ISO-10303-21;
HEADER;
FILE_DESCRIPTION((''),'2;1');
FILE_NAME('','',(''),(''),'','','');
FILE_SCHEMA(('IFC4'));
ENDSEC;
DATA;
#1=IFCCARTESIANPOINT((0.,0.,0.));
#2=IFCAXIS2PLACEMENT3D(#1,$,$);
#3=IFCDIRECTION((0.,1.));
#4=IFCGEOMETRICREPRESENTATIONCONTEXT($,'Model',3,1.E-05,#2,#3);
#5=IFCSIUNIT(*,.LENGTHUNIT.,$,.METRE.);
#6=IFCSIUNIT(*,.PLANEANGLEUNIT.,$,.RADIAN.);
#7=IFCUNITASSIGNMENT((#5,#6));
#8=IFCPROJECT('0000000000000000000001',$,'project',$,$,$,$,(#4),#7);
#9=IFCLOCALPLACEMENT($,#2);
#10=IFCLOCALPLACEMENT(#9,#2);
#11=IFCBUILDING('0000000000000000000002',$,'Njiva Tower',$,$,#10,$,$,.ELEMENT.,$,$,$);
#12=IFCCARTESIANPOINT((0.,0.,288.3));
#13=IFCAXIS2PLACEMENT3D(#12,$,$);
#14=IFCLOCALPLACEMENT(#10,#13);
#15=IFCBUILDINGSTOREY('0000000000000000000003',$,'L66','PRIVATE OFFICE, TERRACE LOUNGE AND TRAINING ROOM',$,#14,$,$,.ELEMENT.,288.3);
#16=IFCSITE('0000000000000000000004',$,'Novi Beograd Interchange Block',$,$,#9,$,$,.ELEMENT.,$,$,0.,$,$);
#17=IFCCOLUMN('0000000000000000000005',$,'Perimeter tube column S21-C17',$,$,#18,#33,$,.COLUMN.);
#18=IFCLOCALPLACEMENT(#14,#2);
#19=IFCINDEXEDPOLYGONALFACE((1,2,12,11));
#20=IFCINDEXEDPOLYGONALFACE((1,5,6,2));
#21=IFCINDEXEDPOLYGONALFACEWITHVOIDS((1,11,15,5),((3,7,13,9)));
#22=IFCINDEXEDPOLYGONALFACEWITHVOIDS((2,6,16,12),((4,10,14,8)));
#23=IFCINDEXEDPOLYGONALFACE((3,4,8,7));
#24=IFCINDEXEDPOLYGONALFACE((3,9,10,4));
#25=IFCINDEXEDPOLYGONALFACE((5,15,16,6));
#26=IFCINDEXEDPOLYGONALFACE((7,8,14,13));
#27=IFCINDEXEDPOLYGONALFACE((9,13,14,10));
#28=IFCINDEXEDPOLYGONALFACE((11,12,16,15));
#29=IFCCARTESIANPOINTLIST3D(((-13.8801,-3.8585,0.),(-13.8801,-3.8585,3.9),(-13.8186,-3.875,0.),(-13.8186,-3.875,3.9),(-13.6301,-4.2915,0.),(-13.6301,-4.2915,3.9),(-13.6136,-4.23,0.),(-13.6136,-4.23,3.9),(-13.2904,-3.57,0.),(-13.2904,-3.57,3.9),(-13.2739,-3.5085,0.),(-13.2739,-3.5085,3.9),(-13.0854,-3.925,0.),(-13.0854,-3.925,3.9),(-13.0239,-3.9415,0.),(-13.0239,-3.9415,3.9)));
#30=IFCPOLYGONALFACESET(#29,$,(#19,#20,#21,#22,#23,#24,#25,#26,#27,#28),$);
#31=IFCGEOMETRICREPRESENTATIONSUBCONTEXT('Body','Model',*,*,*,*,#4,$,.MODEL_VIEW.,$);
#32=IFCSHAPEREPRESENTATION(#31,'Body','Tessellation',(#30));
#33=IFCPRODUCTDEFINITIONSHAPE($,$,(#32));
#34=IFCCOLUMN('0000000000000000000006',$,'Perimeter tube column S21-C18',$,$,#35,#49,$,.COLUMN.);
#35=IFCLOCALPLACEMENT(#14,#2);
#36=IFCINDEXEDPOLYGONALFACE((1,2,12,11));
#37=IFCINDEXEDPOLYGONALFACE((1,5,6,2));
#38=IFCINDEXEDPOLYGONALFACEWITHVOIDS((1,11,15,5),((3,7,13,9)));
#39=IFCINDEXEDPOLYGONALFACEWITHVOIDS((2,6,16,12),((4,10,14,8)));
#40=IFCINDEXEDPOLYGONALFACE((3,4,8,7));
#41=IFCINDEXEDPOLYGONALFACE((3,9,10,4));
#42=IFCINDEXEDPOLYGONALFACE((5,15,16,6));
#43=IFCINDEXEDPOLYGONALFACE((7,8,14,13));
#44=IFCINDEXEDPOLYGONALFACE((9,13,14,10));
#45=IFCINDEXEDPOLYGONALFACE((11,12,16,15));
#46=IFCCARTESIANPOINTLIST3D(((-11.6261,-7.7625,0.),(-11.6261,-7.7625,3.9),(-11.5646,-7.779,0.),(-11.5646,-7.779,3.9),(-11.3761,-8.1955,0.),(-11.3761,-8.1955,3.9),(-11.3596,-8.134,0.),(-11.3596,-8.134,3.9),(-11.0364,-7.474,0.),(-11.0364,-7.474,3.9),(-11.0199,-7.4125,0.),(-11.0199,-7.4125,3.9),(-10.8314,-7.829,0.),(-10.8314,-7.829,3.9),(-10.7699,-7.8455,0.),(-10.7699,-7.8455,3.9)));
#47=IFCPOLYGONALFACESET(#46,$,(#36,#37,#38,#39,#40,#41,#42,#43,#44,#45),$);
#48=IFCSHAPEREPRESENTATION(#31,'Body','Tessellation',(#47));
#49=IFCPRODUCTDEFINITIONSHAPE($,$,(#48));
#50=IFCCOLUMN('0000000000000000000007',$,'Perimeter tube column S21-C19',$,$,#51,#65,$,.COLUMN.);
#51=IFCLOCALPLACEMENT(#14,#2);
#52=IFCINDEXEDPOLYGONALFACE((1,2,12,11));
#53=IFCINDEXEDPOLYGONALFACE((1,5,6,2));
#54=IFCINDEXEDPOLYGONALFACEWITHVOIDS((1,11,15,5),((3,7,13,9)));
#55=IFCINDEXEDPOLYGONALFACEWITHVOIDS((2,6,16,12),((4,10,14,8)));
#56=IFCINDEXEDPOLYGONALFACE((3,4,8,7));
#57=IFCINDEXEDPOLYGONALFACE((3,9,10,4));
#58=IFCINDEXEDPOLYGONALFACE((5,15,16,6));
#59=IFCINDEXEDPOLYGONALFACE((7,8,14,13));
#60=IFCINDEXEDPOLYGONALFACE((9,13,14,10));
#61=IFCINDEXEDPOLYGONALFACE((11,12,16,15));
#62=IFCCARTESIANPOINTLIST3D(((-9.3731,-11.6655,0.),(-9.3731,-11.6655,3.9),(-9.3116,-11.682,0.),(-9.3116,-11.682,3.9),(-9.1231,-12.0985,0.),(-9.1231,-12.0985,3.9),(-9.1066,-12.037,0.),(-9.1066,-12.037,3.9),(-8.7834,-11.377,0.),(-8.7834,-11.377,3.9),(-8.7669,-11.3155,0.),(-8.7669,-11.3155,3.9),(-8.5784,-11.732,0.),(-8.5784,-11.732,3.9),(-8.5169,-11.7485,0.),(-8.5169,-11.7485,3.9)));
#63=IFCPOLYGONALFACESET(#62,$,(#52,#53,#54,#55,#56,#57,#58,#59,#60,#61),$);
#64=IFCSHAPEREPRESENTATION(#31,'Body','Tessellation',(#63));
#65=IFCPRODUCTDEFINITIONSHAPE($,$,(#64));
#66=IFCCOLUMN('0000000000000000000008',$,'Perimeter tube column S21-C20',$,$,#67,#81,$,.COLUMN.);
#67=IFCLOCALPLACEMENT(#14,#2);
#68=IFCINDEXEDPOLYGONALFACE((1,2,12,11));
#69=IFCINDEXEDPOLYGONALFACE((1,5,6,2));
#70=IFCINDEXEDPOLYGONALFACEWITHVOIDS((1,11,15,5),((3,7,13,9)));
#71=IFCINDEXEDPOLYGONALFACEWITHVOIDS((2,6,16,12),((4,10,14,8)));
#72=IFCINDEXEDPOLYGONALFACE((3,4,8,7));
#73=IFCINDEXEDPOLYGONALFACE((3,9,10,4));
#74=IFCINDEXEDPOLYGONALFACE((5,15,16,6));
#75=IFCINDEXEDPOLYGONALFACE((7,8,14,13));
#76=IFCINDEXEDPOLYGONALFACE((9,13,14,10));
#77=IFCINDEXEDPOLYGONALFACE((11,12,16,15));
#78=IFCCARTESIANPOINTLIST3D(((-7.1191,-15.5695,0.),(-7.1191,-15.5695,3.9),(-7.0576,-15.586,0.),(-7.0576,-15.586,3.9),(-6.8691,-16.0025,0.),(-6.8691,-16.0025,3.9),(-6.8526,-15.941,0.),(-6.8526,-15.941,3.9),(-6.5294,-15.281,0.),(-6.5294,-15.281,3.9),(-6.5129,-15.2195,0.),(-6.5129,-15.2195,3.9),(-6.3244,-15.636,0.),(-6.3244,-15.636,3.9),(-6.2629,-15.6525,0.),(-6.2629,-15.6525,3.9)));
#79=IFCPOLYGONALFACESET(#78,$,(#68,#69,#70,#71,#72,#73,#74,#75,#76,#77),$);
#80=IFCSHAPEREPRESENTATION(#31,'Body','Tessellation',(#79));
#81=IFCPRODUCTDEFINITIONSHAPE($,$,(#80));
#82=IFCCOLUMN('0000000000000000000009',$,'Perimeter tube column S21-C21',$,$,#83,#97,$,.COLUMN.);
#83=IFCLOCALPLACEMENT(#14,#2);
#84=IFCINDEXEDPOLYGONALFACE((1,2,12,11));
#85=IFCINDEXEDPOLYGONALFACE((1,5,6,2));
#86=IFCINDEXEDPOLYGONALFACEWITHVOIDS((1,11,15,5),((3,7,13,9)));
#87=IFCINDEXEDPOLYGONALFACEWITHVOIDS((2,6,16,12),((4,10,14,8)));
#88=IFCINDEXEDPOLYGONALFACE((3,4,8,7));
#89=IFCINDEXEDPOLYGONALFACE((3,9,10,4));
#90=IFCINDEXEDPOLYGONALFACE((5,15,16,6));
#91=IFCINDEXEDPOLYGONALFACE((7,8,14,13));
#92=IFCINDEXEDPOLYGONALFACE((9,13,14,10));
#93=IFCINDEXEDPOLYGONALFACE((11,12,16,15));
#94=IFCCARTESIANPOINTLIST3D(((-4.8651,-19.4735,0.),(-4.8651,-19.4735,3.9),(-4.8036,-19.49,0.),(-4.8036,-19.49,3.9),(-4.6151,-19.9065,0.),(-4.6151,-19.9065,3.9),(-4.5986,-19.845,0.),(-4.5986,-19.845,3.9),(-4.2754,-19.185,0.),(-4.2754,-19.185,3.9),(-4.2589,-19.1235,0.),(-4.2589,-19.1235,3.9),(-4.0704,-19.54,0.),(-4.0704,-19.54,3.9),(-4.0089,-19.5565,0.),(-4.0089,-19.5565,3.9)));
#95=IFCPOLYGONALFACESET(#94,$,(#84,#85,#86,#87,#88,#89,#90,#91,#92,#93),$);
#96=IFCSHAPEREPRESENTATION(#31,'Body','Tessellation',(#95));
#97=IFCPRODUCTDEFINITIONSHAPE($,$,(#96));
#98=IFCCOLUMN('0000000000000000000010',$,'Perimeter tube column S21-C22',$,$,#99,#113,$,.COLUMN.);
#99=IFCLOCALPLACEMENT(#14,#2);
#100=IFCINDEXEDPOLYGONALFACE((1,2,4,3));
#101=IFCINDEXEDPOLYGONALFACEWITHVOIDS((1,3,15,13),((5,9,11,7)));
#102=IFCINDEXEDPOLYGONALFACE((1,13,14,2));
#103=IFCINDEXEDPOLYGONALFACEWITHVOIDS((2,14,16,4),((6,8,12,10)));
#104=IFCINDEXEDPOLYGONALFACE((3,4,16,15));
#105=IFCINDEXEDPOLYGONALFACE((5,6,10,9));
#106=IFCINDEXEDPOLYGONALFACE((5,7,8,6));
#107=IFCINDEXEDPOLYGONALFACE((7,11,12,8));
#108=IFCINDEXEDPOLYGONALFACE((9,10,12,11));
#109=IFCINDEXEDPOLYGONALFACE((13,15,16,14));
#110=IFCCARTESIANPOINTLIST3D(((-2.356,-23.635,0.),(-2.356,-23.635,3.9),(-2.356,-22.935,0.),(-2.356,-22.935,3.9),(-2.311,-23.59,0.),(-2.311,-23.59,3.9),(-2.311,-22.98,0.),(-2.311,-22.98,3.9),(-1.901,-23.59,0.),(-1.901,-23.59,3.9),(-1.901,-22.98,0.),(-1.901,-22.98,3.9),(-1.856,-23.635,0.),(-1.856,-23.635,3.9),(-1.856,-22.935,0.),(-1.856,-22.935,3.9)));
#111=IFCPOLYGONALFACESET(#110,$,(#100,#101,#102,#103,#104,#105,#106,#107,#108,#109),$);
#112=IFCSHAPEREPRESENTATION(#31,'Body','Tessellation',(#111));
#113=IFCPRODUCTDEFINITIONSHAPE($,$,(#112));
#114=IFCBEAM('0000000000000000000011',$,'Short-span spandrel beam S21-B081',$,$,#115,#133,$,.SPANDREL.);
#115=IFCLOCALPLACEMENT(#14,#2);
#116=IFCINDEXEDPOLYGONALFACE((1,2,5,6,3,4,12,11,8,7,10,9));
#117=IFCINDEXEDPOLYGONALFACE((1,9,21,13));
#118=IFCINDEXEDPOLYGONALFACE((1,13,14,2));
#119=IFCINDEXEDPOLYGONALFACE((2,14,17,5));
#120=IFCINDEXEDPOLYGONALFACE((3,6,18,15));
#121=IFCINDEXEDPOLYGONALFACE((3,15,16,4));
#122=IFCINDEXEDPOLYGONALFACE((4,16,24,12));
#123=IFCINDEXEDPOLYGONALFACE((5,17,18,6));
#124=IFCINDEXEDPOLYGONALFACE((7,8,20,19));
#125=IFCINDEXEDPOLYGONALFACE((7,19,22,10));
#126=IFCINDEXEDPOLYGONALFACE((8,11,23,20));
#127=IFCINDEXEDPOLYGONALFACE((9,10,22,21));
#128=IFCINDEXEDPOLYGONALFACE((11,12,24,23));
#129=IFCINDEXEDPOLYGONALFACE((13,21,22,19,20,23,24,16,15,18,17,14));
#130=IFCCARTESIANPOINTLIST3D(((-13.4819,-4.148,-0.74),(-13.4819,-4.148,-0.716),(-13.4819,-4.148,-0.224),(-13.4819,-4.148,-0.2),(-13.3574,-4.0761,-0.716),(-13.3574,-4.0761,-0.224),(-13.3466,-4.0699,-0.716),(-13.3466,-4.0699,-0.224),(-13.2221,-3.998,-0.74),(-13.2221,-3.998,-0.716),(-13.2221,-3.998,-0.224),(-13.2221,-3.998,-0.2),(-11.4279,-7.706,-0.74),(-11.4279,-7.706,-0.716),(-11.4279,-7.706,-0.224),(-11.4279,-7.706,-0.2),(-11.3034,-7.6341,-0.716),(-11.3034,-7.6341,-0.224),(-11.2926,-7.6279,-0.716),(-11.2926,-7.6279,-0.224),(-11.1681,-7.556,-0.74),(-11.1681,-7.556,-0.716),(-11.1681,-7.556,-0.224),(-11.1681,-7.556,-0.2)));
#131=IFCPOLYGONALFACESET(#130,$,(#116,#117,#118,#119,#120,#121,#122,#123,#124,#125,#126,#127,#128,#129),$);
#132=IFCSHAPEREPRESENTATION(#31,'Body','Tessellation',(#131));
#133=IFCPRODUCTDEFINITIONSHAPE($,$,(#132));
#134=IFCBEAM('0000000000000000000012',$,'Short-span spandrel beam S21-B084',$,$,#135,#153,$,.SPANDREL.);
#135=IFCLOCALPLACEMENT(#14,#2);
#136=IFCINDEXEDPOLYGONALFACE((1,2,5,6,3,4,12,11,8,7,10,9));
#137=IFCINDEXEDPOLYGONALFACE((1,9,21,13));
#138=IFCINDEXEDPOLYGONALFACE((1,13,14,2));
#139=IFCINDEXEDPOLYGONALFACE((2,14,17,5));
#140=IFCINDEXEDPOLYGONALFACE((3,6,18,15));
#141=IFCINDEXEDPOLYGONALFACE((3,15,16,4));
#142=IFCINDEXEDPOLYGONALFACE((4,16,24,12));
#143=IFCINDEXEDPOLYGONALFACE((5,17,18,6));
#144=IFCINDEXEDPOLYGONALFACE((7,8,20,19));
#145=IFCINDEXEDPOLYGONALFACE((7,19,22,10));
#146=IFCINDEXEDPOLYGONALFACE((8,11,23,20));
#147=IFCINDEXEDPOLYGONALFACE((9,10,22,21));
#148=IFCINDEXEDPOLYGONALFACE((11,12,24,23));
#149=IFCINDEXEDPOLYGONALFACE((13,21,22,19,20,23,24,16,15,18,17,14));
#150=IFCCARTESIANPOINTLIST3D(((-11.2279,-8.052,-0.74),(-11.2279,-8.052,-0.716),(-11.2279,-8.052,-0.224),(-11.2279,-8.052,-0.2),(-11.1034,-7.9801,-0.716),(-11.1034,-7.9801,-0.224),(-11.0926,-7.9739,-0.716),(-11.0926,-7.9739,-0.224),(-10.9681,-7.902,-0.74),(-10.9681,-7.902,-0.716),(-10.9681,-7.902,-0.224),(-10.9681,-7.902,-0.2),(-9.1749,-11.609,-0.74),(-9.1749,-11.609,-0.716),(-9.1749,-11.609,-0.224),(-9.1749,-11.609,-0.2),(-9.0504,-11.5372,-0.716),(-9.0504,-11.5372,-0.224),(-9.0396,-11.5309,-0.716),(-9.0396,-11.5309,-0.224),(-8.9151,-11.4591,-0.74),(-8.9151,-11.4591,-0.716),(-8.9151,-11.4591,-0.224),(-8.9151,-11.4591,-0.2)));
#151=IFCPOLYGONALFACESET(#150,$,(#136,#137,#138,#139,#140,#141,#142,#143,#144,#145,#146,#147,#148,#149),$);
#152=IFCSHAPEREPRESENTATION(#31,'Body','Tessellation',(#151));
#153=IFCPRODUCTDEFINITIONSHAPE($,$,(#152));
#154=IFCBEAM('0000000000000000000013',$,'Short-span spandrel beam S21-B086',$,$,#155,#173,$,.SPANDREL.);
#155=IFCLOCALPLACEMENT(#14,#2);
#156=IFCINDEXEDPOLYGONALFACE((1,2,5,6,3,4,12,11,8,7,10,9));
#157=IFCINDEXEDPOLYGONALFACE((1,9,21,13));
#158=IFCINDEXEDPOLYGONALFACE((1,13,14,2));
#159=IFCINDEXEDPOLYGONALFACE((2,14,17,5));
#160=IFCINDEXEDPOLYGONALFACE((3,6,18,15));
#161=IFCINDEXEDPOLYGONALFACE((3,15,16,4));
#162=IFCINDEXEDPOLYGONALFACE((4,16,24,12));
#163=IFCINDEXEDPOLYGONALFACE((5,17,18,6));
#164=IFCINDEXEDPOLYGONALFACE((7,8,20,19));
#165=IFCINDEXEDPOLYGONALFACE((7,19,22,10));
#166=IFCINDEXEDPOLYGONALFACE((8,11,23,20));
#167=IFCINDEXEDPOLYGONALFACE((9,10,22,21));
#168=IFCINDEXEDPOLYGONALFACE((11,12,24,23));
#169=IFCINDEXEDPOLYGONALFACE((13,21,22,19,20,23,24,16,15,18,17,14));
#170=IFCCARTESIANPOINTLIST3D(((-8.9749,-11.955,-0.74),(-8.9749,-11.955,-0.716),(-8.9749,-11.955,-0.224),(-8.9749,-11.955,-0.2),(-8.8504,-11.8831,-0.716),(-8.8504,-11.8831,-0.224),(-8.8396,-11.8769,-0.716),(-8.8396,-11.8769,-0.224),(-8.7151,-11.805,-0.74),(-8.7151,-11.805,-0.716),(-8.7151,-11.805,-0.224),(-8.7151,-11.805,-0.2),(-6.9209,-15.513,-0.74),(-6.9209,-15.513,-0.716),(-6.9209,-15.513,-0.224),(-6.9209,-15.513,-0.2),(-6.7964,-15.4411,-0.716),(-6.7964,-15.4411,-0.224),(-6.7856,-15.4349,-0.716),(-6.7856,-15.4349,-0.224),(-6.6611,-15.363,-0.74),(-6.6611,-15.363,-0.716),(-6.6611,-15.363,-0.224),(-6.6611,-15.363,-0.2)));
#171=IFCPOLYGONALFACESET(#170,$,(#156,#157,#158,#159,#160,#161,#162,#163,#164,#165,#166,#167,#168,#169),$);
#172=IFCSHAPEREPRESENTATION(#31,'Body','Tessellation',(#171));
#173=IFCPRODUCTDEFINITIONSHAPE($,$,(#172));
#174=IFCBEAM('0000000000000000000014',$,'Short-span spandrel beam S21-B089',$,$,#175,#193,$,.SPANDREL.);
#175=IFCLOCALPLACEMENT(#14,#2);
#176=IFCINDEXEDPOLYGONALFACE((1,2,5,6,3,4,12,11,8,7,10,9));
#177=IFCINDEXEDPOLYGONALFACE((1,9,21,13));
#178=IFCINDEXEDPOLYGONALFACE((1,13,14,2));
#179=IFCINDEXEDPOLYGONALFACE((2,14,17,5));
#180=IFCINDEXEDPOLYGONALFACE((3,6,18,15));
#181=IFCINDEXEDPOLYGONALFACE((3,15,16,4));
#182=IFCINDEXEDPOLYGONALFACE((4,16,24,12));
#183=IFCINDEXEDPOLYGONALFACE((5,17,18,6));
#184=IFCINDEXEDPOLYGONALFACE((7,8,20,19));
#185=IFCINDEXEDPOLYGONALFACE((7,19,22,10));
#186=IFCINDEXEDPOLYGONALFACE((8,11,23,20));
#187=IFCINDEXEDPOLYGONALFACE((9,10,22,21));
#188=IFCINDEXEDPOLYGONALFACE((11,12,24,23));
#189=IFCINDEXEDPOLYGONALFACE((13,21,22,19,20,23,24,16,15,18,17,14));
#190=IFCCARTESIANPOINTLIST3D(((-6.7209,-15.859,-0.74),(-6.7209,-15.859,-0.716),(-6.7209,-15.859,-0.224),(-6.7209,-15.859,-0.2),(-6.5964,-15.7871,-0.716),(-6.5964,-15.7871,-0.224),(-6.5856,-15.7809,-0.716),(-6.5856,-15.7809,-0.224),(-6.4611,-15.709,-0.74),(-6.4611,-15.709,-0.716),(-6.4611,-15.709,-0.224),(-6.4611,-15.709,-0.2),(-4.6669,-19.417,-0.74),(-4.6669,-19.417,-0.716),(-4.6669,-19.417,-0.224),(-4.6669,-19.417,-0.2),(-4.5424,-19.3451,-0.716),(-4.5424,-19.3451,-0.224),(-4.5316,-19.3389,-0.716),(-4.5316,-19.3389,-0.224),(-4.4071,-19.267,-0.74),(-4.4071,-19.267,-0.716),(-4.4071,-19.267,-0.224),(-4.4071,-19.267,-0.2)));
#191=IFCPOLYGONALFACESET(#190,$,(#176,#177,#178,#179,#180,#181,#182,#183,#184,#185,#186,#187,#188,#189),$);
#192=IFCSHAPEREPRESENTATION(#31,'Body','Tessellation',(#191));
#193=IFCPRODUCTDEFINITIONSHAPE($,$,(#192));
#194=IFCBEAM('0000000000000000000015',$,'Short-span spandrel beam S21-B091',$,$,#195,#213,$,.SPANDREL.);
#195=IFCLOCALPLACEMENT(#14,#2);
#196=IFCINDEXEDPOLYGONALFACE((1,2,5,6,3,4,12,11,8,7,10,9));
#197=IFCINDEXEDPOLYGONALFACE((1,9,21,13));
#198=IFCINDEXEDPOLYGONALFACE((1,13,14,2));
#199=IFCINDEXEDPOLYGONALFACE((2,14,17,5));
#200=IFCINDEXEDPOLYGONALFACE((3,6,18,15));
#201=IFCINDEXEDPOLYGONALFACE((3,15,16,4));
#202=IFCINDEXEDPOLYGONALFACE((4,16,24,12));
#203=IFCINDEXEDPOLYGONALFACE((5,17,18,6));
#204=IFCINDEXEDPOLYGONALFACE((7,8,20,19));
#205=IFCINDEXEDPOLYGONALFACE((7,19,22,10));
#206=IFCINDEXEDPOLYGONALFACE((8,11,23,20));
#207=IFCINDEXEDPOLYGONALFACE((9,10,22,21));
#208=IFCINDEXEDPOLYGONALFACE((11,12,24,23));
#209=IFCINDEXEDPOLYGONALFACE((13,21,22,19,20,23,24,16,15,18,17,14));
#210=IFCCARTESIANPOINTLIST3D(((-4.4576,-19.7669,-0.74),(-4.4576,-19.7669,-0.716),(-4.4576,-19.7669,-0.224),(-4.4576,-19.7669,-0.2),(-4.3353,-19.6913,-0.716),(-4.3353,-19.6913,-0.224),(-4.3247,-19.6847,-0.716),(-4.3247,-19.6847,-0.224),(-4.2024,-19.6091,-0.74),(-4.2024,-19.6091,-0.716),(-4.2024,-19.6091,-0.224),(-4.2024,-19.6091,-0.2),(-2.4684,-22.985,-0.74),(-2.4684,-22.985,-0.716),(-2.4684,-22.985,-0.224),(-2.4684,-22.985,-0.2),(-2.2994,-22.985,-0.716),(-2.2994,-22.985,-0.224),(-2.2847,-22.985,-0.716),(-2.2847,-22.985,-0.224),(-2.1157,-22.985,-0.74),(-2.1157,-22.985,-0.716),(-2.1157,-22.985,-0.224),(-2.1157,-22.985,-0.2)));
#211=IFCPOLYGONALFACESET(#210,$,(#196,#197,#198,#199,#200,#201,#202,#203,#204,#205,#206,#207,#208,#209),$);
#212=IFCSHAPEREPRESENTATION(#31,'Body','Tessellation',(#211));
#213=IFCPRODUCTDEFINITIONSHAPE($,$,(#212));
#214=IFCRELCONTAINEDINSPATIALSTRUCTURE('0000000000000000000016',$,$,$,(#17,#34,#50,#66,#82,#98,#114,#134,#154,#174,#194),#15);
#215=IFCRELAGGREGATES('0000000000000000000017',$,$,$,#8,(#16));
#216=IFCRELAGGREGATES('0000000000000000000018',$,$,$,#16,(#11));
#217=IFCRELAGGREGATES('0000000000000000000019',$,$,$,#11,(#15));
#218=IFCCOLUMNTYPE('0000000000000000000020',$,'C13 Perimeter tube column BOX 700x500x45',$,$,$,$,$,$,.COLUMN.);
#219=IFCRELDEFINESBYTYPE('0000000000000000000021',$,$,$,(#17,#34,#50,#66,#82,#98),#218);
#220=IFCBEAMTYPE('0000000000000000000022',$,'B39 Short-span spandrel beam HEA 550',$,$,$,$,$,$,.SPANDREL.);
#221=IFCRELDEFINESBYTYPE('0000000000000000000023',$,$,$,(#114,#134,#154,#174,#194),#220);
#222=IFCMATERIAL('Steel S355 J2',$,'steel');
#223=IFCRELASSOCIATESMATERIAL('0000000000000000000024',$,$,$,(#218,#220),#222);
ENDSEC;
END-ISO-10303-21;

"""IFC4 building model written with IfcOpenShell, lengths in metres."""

from ifc_helpers import new_model, si_unit, direction, frame, origin, origin_2d, place, context, subcontext, project, spatial, hollow_rectangle, i_section, extrude, clip, halfspace, material, material_profile, profile_set, type_object, element, save


model = new_model("IFC4")

# Units and contexts
model_context = context("Model", 3, precision=1e-05, world=origin(), true_north=direction((0.0, 1.0)))
body_context = subcontext(model_context, "Body", "Model", "MODEL_VIEW")
ifc_project = project(units=[si_unit("LENGTHUNIT", "METRE"), si_unit("PLANEANGLEUNIT", "RADIAN")], contexts=[model_context])

# Site, building, storey
site_placement = place(None, origin())
site = spatial("IfcSite", under=ifc_project, at=site_placement, Name="Novi Beograd Interchange Block", CompositionType="ELEMENT", RefElevation=0.0)
building_placement = place(site_placement, origin())
building = spatial("IfcBuilding", under=site, at=building_placement, Name="Njiva Tower", CompositionType="ELEMENT")
storey_placement = place(building_placement, frame((0.0, 0.0, 288.3)))
storey = spatial("IfcBuildingStorey", under=building, at=storey_placement, Name="L66", Description="PRIVATE OFFICE, TERRACE LOUNGE AND TRAINING ROOM", CompositionType="ELEMENT", Elevation=288.3)

# Columns
ifc_material_1 = material(Name="Steel S355 J2", Category="steel")
ifc_material_profile_1 = material_profile(ifc_material_1, hollow_rectangle(XDim=0.5, YDim=0.7, WallThickness=0.045, at=origin_2d()), Name="BOX 700x500x45")
ifc_profile_set_1 = profile_set([ifc_material_profile_1], Name="Steel S355 J2")
column_type = type_object("IfcColumnType", Name="C13 Perimeter tube column BOX 700x500x45", PredefinedType="COLUMN", material=ifc_profile_set_1)
for number, where, z_axis, x_axis, name in (
    (1, (-13.452, -3.9, 0.0), (0.0, 0.0, 1.0), (0.5, -0.866025, 0.0), "Perimeter tube column S21-C17"),
    (2, (-11.198, -7.804, 0.0), (0.0, 0.0, 1.0), (0.5, -0.866025, 0.0), "Perimeter tube column S21-C18"),
    (3, (-8.945, -11.707, 0.0), (0.0, 0.0, 1.0), (0.5, -0.866025, 0.0), "Perimeter tube column S21-C19"),
    (4, (-6.691, -15.611, 0.0), (0.0, 0.0, 1.0), (0.5, -0.866025, 0.0), "Perimeter tube column S21-C20"),
    (5, (-4.437, -19.515, 0.0), (0.0, 0.0, 1.0), (0.5, -0.866025, 0.0), "Perimeter tube column S21-C21"),
    (6, (-2.106, -23.285, 0.0), (0.0, 0.0, 1.0), (1.0, 0.0, 0.0), "Perimeter tube column S21-C22"),
):
    element("IfcColumn", number, at=place(storey_placement, frame(where, z_axis=z_axis, x_axis=x_axis)), inside=storey, type_object=column_type, Name=name, PredefinedType="COLUMN", context=body_context, shape_type="SweptSolid", body=[
        extrude(hollow_rectangle(XDim=0.5, YDim=0.7, WallThickness=0.045, at=origin_2d()), origin(), (0.0, 0.0, 1.0), 3.9),
    ])

# Beams
ifc_material_profile_2 = material_profile(ifc_material_1, i_section(OverallWidth=0.3, OverallDepth=0.54, WebThickness=0.0125, FlangeThickness=0.024, at=origin_2d()), Name="HEA 550")
ifc_profile_set_2 = profile_set([ifc_material_profile_2], Name="Steel S355 J2")
beam_type_1 = type_object("IfcBeamType", Name="B39 Short-span spandrel beam HEA 550", PredefinedType="SPANDREL", material=ifc_profile_set_2)
beam_1_placement = place(storey_placement, frame((-13.352, -4.073, -0.47), z_axis=(0.499961, -0.866048, 0.0), x_axis=(0.866048, 0.499961, 0.0)))
element("IfcBeam", 7, at=beam_1_placement, inside=storey, type_object=beam_type_1, Name="Short-span spandrel beam S21-B081", PredefinedType="SPANDREL", context=body_context, shape_type="SweptSolid", body=[
    extrude(i_section(OverallWidth=0.3, OverallDepth=0.54, WebThickness=0.0125, FlangeThickness=0.024, at=origin_2d()), origin(), (0.0, 0.0, 1.0), 4.1083),
])
beam_2_placement = place(storey_placement, frame((-11.098, -7.977, -0.47), z_axis=(0.499884, -0.866092, 0.0), x_axis=(0.866092, 0.499884, 0.0)))
element("IfcBeam", 8, at=beam_2_placement, inside=storey, type_object=beam_type_1, Name="Short-span spandrel beam S21-B084", PredefinedType="SPANDREL", context=body_context, shape_type="SweptSolid", body=[
    extrude(i_section(OverallWidth=0.3, OverallDepth=0.54, WebThickness=0.0125, FlangeThickness=0.024, at=origin_2d()), origin(), (0.0, 0.0, 1.0), 4.107),
])
for number, where, z_axis, x_axis, name in (
    (9, (-8.845, -11.88, -0.47), (0.499961, -0.866048, 0.0), (0.866048, 0.499961, 0.0), "Short-span spandrel beam S21-B086"),
    (10, (-6.591, -15.784, -0.47), (0.499961, -0.866048, 0.0), (0.866048, 0.499961, 0.0), "Short-span spandrel beam S21-B089"),
):
    element("IfcBeam", number, at=place(storey_placement, frame(where, z_axis=z_axis, x_axis=x_axis)), inside=storey, type_object=beam_type_1, Name=name, PredefinedType="SPANDREL", context=body_context, shape_type="SweptSolid", body=[
        extrude(i_section(OverallWidth=0.3, OverallDepth=0.54, WebThickness=0.0125, FlangeThickness=0.024, at=origin_2d()), origin(), (0.0, 0.0, 1.0), 4.1083),
    ])
beam_3_placement = place(storey_placement, frame((-4.33, -19.688, -0.47), z_axis=(0.525795, -0.850611, 0.0), x_axis=(0.850611, 0.525795, 0.0)))
element("IfcBeam", 11, at=beam_3_placement, inside=storey, type_object=beam_type_1, Name="Short-span spandrel beam S21-B091", PredefinedType="SPANDREL", context=body_context, shape_type="Clipping", body=[
    clip(extrude(i_section(OverallWidth=0.3, OverallDepth=0.54, WebThickness=0.0125, FlangeThickness=0.024, at=origin_2d()), origin(), (0.0, 0.0, 1.0), 3.989), halfspace(frame((-0.0262, 0.0, 3.8598), z_axis=(-0.525795, 0.0, 0.850611), x_axis=(0.0, 1.0, 0.0)), False)),
])

save(model, "model.ifc")
